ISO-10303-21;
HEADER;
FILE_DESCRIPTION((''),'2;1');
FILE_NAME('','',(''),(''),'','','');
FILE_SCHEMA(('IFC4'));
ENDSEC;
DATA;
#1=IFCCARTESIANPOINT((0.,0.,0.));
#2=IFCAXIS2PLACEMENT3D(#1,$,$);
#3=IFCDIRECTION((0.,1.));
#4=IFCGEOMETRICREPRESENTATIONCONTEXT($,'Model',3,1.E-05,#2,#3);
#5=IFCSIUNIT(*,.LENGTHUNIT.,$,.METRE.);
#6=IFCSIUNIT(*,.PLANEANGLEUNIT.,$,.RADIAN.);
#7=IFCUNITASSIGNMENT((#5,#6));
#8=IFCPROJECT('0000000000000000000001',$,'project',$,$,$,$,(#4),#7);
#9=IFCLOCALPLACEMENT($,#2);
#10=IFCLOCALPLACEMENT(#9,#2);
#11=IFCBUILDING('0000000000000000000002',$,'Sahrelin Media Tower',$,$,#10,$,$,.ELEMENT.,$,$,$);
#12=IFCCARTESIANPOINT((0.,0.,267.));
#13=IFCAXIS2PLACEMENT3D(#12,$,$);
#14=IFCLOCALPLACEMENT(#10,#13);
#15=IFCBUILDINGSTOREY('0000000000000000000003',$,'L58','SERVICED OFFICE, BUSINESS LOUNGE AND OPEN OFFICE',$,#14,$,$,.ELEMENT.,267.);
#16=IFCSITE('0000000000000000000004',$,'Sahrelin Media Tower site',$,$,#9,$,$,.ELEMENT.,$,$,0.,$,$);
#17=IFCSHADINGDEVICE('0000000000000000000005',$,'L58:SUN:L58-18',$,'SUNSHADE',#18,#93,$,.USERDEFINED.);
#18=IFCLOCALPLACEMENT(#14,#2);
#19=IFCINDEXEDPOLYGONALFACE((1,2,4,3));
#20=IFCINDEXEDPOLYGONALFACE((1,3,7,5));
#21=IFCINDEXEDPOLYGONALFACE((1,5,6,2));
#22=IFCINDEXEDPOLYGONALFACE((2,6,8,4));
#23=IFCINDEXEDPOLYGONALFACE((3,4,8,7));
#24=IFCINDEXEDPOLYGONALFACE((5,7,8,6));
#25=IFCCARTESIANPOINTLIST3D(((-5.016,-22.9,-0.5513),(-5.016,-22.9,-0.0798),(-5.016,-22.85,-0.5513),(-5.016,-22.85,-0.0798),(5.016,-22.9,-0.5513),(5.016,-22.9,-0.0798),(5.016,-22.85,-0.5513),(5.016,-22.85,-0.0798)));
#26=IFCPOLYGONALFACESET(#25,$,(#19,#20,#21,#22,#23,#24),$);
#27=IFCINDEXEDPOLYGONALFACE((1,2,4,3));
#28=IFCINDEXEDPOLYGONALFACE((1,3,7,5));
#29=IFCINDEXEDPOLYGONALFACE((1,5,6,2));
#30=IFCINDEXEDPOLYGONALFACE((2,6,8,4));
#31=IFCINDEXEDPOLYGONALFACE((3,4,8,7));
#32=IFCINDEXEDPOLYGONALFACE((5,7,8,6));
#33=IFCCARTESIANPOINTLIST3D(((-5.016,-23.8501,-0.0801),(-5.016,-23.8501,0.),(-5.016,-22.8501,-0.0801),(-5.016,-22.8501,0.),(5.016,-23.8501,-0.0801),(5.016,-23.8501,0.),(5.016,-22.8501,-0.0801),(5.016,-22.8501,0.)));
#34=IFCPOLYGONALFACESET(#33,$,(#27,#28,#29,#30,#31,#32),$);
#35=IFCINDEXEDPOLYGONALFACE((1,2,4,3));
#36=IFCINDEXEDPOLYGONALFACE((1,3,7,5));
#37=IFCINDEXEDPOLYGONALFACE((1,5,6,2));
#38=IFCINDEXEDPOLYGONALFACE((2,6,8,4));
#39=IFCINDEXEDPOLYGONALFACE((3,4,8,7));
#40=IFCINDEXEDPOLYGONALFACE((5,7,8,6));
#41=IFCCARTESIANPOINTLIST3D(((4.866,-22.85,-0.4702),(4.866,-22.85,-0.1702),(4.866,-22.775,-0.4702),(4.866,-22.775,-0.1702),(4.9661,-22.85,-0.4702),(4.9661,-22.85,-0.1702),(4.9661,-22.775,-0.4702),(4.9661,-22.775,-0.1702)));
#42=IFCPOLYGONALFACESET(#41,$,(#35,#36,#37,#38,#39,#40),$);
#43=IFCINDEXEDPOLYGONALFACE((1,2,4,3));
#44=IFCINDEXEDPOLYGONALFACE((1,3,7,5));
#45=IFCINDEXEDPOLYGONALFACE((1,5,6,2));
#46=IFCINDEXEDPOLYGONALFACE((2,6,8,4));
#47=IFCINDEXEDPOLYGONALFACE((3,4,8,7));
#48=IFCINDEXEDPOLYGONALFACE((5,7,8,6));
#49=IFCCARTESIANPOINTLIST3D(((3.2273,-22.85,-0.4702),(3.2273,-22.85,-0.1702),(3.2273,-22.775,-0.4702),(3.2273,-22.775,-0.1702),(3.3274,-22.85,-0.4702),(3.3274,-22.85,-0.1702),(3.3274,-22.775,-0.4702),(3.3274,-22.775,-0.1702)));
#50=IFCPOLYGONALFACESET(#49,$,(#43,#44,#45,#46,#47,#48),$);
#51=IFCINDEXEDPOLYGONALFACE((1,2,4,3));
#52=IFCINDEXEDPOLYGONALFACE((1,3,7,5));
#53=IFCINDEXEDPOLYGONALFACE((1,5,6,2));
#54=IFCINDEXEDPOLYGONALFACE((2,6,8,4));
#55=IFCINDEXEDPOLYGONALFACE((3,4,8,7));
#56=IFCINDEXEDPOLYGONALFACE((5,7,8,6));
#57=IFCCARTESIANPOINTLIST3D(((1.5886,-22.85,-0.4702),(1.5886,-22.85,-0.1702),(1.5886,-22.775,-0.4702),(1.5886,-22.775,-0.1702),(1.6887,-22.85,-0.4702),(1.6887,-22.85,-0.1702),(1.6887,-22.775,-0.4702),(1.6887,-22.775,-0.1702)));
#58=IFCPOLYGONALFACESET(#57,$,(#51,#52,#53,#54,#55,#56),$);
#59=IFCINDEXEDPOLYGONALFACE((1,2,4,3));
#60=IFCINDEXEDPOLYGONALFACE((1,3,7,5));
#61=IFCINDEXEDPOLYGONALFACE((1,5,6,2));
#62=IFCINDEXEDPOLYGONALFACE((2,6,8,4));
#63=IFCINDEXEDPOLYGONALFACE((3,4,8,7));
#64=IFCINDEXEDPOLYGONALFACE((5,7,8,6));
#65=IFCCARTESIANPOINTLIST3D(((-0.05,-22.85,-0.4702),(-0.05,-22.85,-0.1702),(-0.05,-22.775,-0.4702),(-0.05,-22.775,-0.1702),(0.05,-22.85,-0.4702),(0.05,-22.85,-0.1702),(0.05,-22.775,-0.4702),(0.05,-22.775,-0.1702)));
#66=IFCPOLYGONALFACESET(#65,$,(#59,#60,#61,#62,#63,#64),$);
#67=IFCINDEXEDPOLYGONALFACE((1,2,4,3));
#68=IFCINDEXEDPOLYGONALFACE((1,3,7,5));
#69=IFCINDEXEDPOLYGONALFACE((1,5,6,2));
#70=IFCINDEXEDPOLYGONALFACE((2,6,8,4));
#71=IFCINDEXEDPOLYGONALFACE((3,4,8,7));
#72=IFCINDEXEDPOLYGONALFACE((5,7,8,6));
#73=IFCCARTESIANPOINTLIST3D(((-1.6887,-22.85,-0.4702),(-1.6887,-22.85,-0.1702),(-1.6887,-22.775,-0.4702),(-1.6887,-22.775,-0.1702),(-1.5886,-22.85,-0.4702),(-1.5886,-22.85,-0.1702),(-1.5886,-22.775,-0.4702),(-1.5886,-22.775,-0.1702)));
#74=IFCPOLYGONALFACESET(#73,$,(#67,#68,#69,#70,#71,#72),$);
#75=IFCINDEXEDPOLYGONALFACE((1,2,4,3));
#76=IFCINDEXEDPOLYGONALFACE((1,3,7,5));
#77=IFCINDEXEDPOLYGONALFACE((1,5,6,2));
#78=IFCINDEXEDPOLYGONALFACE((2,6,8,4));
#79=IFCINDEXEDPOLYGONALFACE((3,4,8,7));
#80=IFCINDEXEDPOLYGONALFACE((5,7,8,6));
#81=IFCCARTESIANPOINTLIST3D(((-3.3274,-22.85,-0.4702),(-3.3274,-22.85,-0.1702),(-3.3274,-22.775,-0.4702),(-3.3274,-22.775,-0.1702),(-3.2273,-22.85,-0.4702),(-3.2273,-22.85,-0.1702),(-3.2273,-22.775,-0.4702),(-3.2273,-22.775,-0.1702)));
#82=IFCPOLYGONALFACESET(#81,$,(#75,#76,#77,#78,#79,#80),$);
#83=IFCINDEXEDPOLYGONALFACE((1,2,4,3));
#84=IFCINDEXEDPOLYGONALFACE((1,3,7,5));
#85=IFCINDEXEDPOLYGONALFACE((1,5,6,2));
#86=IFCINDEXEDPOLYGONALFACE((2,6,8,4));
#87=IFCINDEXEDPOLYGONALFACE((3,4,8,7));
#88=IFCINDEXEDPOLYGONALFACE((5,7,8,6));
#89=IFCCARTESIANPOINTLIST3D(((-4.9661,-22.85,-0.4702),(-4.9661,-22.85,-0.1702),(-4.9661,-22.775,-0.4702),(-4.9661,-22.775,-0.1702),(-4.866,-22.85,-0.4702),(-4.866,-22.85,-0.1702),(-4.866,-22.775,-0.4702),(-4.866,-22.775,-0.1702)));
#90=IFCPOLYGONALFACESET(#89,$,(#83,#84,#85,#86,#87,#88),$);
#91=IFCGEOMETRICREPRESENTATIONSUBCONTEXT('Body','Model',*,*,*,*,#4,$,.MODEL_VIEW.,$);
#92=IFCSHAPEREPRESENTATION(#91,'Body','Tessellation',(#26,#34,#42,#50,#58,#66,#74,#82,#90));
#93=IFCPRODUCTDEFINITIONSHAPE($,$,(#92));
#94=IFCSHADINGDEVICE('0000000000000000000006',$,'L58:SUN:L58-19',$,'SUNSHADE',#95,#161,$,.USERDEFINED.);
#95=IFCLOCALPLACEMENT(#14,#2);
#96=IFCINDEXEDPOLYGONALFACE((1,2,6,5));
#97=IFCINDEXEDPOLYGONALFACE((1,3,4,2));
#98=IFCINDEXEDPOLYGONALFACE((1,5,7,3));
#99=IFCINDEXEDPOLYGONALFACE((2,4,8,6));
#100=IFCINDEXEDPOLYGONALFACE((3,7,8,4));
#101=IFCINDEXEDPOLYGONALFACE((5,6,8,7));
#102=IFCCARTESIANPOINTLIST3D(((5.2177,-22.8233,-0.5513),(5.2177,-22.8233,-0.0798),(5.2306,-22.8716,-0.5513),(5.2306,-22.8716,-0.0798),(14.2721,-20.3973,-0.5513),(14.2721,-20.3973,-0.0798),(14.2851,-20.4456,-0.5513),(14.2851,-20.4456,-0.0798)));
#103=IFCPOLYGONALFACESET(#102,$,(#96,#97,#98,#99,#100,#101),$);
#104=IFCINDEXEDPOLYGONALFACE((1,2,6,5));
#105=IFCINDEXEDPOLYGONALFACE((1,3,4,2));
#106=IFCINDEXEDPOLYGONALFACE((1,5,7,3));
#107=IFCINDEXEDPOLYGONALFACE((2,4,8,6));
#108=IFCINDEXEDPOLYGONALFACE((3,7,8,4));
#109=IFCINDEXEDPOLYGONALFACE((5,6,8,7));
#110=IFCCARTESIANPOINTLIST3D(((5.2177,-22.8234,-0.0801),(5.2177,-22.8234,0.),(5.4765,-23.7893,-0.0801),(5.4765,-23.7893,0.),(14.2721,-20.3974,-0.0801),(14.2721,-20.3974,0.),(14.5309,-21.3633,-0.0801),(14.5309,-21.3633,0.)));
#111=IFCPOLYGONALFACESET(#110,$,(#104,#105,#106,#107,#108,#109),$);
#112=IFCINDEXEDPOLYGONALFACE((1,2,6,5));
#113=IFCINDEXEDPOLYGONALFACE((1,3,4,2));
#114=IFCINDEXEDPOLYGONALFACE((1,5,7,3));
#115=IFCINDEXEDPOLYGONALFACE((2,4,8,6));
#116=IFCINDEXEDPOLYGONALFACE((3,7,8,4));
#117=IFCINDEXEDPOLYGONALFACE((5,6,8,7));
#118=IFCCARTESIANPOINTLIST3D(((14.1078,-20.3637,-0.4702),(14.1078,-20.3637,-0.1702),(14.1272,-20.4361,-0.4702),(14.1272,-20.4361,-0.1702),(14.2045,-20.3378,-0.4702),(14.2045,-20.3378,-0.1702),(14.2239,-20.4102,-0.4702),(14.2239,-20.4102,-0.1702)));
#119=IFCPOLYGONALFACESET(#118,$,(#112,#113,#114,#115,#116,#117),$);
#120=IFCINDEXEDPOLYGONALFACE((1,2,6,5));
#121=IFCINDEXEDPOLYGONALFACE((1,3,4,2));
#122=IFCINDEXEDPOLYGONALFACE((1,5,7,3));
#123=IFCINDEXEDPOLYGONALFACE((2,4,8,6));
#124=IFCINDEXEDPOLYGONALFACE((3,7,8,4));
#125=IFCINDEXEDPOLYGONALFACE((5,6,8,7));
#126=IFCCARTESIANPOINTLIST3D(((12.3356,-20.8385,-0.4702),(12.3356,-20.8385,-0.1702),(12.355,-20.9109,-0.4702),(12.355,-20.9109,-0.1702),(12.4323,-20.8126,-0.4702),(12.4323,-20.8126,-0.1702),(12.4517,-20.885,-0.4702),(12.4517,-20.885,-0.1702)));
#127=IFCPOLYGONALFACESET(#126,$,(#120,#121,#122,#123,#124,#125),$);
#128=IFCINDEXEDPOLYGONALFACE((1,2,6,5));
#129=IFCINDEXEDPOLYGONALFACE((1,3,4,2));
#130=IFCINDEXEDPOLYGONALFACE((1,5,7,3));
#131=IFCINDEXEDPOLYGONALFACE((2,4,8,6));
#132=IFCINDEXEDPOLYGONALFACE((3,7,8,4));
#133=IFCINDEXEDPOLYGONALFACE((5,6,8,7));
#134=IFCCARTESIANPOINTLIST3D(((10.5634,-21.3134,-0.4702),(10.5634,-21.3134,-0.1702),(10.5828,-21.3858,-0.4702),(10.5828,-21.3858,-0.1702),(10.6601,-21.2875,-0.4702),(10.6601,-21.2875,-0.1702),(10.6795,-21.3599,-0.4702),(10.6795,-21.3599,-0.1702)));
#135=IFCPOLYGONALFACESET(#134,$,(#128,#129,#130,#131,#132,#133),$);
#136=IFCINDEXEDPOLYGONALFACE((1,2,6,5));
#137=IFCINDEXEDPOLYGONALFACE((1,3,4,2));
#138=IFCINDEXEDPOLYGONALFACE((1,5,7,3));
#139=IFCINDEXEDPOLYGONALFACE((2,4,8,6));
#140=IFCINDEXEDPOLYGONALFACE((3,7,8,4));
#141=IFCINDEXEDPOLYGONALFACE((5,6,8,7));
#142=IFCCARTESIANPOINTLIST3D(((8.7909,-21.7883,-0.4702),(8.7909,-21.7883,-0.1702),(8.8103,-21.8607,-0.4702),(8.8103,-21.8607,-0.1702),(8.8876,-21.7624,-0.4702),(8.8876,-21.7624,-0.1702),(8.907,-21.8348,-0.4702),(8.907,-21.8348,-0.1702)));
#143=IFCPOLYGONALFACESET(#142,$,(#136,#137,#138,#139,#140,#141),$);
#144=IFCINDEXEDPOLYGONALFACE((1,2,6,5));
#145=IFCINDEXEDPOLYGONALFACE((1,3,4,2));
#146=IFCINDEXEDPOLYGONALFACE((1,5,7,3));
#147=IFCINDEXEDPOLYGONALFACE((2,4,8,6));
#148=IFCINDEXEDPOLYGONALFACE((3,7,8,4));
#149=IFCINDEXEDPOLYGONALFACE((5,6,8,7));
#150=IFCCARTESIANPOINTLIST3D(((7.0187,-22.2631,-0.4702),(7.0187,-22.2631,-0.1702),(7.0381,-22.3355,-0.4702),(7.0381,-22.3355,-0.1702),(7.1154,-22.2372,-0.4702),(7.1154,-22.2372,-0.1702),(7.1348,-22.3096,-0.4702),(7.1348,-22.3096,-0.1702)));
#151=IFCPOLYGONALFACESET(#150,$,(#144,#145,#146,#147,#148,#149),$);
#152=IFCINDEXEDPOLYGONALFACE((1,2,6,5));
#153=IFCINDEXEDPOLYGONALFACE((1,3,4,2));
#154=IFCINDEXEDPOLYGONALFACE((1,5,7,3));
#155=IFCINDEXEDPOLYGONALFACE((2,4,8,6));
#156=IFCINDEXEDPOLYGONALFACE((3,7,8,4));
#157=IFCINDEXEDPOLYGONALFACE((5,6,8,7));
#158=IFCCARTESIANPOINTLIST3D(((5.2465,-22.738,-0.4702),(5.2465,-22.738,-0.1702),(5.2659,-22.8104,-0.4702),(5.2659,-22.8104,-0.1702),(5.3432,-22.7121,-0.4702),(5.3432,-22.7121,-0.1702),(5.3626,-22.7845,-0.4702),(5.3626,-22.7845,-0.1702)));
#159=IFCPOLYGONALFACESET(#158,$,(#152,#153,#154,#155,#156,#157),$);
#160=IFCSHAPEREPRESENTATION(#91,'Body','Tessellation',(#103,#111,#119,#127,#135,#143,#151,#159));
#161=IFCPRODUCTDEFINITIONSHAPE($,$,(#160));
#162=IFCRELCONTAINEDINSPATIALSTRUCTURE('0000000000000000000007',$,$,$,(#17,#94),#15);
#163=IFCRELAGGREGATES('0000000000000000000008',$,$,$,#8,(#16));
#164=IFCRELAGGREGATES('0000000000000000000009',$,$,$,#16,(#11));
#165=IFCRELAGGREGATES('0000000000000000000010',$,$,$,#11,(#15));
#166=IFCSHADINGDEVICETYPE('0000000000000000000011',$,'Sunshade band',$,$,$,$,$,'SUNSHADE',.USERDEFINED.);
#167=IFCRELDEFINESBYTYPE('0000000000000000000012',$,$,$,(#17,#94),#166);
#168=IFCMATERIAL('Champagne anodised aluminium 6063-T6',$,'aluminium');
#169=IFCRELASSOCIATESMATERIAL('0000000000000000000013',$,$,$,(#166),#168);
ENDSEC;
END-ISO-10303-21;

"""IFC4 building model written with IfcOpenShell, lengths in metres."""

from ifc_helpers import new_model, si_unit, direction, frame, origin, origin_2d, place, context, subcontext, project, spatial, rectangle, extrude, material, type_object, element, save


model = new_model("IFC4")

# Units and contexts
model_context = context("Model", 3, precision=1e-05, world=origin(), true_north=direction((0.0, 1.0)))
body_context = subcontext(model_context, "Body", "Model", "MODEL_VIEW")
ifc_project = project(units=[si_unit("LENGTHUNIT", "METRE"), si_unit("PLANEANGLEUNIT", "RADIAN")], contexts=[model_context])

# Site, building, storey
site_placement = place(None, origin())
site = spatial("IfcSite", under=ifc_project, at=site_placement, Name="Sahrelin Media Tower site", CompositionType="ELEMENT", RefElevation=0.0)
building_placement = place(site_placement, origin())
building = spatial("IfcBuilding", under=site, at=building_placement, Name="Sahrelin Media Tower", CompositionType="ELEMENT")
storey_placement = place(building_placement, frame((0.0, 0.0, 267.0)))
storey = spatial("IfcBuildingStorey", under=building, at=storey_placement, Name="L58", Description="SERVICED OFFICE, BUSINESS LOUNGE AND OPEN OFFICE", CompositionType="ELEMENT", Elevation=267.0)

# Shared definitions
ifc_material_1 = material(Name="Champagne anodised aluminium 6063-T6", Category="aluminium")

# Shading devices
placement_1 = place(storey_placement, frame((0.0, -22.8301, 0.0), z_axis=(0.0, 0.0, 1.0), x_axis=(-1.0, 0.0, 0.0)))
placement_2 = place(storey_placement, frame((9.7397, -21.5911, 0.0), z_axis=(0.0, 0.0, 1.0), x_axis=(-0.965929, -0.258808, 0.0)))
shading_device_type_1 = type_object("IfcShadingDeviceType", Name="Sunshade band", ElementType="SUNSHADE", PredefinedType="USERDEFINED", material=ifc_material_1)
element("IfcShadingDevice", 1, at=placement_1, inside=storey, type_object=shading_device_type_1, Name="L58:SUN:L58-18", ObjectType="SUNSHADE", PredefinedType="USERDEFINED", context=body_context, shape_type="SweptSolid", body=[
    extrude(rectangle(XDim=10.032, YDim=0.05, at=origin_2d()), frame((0.0, 0.0449, -0.5513)), (0.0, 0.0, 1.0), 0.4714),
    extrude(rectangle(XDim=10.032, YDim=1.0, at=origin_2d()), frame((0.0, 0.52, -0.0801)), (0.0, 0.0, 1.0), 0.0801),
    extrude(rectangle(XDim=0.1001, YDim=0.075, at=origin_2d()), frame((-4.916, -0.0176, -0.4702)), (0.0, 0.0, 1.0), 0.3),
    extrude(rectangle(XDim=0.1001, YDim=0.075, at=origin_2d()), frame((-3.2773, -0.0176, -0.4702)), (0.0, 0.0, 1.0), 0.3),
    extrude(rectangle(XDim=0.1001, YDim=0.075, at=origin_2d()), frame((-1.6387, -0.0176, -0.4702)), (0.0, 0.0, 1.0), 0.3),
    extrude(rectangle(XDim=0.1001, YDim=0.075, at=origin_2d()), frame((0.0, -0.0176, -0.4702)), (0.0, 0.0, 1.0), 0.3),
    extrude(rectangle(XDim=0.1001, YDim=0.075, at=origin_2d()), frame((1.6387, -0.0176, -0.4702)), (0.0, 0.0, 1.0), 0.3),
    extrude(rectangle(XDim=0.1001, YDim=0.075, at=origin_2d()), frame((3.2773, -0.0176, -0.4702)), (0.0, 0.0, 1.0), 0.3),
    extrude(rectangle(XDim=0.1001, YDim=0.075, at=origin_2d()), frame((4.916, -0.0176, -0.4702)), (0.0, 0.0, 1.0), 0.3),
])
element("IfcShadingDevice", 2, at=placement_2, inside=storey, type_object=shading_device_type_1, Name="L58:SUN:L58-19", ObjectType="SUNSHADE", PredefinedType="USERDEFINED", context=body_context, shape_type="SweptSolid", body=[
    extrude(rectangle(XDim=9.3738, YDim=0.05, at=origin_2d()), frame((0.0, 0.0449, -0.5513)), (0.0, 0.0, 1.0), 0.4714),
    extrude(rectangle(XDim=9.3738, YDim=1.0, at=origin_2d()), frame((0.0, 0.52, -0.0801)), (0.0, 0.0, 1.0), 0.0801),
    extrude(rectangle(XDim=0.1001, YDim=0.075, at=origin_2d()), frame((-4.5869, -0.0176, -0.4702)), (0.0, 0.0, 1.0), 0.3),
    extrude(rectangle(XDim=0.1001, YDim=0.075, at=origin_2d()), frame((-2.7522, -0.0176, -0.4702)), (0.0, 0.0, 1.0), 0.3),
    extrude(rectangle(XDim=0.1001, YDim=0.075, at=origin_2d()), frame((-0.9175, -0.0176, -0.4702)), (0.0, 0.0, 1.0), 0.3),
    extrude(rectangle(XDim=0.1001, YDim=0.075, at=origin_2d()), frame((0.9175, -0.0176, -0.4702)), (0.0, 0.0, 1.0), 0.3),
    extrude(rectangle(XDim=0.1001, YDim=0.075, at=origin_2d()), frame((2.7522, -0.0176, -0.4702)), (0.0, 0.0, 1.0), 0.3),
    extrude(rectangle(XDim=0.1001, YDim=0.075, at=origin_2d()), frame((4.5869, -0.0176, -0.4702)), (0.0, 0.0, 1.0), 0.3),
])

save(model, "model.ifc")
